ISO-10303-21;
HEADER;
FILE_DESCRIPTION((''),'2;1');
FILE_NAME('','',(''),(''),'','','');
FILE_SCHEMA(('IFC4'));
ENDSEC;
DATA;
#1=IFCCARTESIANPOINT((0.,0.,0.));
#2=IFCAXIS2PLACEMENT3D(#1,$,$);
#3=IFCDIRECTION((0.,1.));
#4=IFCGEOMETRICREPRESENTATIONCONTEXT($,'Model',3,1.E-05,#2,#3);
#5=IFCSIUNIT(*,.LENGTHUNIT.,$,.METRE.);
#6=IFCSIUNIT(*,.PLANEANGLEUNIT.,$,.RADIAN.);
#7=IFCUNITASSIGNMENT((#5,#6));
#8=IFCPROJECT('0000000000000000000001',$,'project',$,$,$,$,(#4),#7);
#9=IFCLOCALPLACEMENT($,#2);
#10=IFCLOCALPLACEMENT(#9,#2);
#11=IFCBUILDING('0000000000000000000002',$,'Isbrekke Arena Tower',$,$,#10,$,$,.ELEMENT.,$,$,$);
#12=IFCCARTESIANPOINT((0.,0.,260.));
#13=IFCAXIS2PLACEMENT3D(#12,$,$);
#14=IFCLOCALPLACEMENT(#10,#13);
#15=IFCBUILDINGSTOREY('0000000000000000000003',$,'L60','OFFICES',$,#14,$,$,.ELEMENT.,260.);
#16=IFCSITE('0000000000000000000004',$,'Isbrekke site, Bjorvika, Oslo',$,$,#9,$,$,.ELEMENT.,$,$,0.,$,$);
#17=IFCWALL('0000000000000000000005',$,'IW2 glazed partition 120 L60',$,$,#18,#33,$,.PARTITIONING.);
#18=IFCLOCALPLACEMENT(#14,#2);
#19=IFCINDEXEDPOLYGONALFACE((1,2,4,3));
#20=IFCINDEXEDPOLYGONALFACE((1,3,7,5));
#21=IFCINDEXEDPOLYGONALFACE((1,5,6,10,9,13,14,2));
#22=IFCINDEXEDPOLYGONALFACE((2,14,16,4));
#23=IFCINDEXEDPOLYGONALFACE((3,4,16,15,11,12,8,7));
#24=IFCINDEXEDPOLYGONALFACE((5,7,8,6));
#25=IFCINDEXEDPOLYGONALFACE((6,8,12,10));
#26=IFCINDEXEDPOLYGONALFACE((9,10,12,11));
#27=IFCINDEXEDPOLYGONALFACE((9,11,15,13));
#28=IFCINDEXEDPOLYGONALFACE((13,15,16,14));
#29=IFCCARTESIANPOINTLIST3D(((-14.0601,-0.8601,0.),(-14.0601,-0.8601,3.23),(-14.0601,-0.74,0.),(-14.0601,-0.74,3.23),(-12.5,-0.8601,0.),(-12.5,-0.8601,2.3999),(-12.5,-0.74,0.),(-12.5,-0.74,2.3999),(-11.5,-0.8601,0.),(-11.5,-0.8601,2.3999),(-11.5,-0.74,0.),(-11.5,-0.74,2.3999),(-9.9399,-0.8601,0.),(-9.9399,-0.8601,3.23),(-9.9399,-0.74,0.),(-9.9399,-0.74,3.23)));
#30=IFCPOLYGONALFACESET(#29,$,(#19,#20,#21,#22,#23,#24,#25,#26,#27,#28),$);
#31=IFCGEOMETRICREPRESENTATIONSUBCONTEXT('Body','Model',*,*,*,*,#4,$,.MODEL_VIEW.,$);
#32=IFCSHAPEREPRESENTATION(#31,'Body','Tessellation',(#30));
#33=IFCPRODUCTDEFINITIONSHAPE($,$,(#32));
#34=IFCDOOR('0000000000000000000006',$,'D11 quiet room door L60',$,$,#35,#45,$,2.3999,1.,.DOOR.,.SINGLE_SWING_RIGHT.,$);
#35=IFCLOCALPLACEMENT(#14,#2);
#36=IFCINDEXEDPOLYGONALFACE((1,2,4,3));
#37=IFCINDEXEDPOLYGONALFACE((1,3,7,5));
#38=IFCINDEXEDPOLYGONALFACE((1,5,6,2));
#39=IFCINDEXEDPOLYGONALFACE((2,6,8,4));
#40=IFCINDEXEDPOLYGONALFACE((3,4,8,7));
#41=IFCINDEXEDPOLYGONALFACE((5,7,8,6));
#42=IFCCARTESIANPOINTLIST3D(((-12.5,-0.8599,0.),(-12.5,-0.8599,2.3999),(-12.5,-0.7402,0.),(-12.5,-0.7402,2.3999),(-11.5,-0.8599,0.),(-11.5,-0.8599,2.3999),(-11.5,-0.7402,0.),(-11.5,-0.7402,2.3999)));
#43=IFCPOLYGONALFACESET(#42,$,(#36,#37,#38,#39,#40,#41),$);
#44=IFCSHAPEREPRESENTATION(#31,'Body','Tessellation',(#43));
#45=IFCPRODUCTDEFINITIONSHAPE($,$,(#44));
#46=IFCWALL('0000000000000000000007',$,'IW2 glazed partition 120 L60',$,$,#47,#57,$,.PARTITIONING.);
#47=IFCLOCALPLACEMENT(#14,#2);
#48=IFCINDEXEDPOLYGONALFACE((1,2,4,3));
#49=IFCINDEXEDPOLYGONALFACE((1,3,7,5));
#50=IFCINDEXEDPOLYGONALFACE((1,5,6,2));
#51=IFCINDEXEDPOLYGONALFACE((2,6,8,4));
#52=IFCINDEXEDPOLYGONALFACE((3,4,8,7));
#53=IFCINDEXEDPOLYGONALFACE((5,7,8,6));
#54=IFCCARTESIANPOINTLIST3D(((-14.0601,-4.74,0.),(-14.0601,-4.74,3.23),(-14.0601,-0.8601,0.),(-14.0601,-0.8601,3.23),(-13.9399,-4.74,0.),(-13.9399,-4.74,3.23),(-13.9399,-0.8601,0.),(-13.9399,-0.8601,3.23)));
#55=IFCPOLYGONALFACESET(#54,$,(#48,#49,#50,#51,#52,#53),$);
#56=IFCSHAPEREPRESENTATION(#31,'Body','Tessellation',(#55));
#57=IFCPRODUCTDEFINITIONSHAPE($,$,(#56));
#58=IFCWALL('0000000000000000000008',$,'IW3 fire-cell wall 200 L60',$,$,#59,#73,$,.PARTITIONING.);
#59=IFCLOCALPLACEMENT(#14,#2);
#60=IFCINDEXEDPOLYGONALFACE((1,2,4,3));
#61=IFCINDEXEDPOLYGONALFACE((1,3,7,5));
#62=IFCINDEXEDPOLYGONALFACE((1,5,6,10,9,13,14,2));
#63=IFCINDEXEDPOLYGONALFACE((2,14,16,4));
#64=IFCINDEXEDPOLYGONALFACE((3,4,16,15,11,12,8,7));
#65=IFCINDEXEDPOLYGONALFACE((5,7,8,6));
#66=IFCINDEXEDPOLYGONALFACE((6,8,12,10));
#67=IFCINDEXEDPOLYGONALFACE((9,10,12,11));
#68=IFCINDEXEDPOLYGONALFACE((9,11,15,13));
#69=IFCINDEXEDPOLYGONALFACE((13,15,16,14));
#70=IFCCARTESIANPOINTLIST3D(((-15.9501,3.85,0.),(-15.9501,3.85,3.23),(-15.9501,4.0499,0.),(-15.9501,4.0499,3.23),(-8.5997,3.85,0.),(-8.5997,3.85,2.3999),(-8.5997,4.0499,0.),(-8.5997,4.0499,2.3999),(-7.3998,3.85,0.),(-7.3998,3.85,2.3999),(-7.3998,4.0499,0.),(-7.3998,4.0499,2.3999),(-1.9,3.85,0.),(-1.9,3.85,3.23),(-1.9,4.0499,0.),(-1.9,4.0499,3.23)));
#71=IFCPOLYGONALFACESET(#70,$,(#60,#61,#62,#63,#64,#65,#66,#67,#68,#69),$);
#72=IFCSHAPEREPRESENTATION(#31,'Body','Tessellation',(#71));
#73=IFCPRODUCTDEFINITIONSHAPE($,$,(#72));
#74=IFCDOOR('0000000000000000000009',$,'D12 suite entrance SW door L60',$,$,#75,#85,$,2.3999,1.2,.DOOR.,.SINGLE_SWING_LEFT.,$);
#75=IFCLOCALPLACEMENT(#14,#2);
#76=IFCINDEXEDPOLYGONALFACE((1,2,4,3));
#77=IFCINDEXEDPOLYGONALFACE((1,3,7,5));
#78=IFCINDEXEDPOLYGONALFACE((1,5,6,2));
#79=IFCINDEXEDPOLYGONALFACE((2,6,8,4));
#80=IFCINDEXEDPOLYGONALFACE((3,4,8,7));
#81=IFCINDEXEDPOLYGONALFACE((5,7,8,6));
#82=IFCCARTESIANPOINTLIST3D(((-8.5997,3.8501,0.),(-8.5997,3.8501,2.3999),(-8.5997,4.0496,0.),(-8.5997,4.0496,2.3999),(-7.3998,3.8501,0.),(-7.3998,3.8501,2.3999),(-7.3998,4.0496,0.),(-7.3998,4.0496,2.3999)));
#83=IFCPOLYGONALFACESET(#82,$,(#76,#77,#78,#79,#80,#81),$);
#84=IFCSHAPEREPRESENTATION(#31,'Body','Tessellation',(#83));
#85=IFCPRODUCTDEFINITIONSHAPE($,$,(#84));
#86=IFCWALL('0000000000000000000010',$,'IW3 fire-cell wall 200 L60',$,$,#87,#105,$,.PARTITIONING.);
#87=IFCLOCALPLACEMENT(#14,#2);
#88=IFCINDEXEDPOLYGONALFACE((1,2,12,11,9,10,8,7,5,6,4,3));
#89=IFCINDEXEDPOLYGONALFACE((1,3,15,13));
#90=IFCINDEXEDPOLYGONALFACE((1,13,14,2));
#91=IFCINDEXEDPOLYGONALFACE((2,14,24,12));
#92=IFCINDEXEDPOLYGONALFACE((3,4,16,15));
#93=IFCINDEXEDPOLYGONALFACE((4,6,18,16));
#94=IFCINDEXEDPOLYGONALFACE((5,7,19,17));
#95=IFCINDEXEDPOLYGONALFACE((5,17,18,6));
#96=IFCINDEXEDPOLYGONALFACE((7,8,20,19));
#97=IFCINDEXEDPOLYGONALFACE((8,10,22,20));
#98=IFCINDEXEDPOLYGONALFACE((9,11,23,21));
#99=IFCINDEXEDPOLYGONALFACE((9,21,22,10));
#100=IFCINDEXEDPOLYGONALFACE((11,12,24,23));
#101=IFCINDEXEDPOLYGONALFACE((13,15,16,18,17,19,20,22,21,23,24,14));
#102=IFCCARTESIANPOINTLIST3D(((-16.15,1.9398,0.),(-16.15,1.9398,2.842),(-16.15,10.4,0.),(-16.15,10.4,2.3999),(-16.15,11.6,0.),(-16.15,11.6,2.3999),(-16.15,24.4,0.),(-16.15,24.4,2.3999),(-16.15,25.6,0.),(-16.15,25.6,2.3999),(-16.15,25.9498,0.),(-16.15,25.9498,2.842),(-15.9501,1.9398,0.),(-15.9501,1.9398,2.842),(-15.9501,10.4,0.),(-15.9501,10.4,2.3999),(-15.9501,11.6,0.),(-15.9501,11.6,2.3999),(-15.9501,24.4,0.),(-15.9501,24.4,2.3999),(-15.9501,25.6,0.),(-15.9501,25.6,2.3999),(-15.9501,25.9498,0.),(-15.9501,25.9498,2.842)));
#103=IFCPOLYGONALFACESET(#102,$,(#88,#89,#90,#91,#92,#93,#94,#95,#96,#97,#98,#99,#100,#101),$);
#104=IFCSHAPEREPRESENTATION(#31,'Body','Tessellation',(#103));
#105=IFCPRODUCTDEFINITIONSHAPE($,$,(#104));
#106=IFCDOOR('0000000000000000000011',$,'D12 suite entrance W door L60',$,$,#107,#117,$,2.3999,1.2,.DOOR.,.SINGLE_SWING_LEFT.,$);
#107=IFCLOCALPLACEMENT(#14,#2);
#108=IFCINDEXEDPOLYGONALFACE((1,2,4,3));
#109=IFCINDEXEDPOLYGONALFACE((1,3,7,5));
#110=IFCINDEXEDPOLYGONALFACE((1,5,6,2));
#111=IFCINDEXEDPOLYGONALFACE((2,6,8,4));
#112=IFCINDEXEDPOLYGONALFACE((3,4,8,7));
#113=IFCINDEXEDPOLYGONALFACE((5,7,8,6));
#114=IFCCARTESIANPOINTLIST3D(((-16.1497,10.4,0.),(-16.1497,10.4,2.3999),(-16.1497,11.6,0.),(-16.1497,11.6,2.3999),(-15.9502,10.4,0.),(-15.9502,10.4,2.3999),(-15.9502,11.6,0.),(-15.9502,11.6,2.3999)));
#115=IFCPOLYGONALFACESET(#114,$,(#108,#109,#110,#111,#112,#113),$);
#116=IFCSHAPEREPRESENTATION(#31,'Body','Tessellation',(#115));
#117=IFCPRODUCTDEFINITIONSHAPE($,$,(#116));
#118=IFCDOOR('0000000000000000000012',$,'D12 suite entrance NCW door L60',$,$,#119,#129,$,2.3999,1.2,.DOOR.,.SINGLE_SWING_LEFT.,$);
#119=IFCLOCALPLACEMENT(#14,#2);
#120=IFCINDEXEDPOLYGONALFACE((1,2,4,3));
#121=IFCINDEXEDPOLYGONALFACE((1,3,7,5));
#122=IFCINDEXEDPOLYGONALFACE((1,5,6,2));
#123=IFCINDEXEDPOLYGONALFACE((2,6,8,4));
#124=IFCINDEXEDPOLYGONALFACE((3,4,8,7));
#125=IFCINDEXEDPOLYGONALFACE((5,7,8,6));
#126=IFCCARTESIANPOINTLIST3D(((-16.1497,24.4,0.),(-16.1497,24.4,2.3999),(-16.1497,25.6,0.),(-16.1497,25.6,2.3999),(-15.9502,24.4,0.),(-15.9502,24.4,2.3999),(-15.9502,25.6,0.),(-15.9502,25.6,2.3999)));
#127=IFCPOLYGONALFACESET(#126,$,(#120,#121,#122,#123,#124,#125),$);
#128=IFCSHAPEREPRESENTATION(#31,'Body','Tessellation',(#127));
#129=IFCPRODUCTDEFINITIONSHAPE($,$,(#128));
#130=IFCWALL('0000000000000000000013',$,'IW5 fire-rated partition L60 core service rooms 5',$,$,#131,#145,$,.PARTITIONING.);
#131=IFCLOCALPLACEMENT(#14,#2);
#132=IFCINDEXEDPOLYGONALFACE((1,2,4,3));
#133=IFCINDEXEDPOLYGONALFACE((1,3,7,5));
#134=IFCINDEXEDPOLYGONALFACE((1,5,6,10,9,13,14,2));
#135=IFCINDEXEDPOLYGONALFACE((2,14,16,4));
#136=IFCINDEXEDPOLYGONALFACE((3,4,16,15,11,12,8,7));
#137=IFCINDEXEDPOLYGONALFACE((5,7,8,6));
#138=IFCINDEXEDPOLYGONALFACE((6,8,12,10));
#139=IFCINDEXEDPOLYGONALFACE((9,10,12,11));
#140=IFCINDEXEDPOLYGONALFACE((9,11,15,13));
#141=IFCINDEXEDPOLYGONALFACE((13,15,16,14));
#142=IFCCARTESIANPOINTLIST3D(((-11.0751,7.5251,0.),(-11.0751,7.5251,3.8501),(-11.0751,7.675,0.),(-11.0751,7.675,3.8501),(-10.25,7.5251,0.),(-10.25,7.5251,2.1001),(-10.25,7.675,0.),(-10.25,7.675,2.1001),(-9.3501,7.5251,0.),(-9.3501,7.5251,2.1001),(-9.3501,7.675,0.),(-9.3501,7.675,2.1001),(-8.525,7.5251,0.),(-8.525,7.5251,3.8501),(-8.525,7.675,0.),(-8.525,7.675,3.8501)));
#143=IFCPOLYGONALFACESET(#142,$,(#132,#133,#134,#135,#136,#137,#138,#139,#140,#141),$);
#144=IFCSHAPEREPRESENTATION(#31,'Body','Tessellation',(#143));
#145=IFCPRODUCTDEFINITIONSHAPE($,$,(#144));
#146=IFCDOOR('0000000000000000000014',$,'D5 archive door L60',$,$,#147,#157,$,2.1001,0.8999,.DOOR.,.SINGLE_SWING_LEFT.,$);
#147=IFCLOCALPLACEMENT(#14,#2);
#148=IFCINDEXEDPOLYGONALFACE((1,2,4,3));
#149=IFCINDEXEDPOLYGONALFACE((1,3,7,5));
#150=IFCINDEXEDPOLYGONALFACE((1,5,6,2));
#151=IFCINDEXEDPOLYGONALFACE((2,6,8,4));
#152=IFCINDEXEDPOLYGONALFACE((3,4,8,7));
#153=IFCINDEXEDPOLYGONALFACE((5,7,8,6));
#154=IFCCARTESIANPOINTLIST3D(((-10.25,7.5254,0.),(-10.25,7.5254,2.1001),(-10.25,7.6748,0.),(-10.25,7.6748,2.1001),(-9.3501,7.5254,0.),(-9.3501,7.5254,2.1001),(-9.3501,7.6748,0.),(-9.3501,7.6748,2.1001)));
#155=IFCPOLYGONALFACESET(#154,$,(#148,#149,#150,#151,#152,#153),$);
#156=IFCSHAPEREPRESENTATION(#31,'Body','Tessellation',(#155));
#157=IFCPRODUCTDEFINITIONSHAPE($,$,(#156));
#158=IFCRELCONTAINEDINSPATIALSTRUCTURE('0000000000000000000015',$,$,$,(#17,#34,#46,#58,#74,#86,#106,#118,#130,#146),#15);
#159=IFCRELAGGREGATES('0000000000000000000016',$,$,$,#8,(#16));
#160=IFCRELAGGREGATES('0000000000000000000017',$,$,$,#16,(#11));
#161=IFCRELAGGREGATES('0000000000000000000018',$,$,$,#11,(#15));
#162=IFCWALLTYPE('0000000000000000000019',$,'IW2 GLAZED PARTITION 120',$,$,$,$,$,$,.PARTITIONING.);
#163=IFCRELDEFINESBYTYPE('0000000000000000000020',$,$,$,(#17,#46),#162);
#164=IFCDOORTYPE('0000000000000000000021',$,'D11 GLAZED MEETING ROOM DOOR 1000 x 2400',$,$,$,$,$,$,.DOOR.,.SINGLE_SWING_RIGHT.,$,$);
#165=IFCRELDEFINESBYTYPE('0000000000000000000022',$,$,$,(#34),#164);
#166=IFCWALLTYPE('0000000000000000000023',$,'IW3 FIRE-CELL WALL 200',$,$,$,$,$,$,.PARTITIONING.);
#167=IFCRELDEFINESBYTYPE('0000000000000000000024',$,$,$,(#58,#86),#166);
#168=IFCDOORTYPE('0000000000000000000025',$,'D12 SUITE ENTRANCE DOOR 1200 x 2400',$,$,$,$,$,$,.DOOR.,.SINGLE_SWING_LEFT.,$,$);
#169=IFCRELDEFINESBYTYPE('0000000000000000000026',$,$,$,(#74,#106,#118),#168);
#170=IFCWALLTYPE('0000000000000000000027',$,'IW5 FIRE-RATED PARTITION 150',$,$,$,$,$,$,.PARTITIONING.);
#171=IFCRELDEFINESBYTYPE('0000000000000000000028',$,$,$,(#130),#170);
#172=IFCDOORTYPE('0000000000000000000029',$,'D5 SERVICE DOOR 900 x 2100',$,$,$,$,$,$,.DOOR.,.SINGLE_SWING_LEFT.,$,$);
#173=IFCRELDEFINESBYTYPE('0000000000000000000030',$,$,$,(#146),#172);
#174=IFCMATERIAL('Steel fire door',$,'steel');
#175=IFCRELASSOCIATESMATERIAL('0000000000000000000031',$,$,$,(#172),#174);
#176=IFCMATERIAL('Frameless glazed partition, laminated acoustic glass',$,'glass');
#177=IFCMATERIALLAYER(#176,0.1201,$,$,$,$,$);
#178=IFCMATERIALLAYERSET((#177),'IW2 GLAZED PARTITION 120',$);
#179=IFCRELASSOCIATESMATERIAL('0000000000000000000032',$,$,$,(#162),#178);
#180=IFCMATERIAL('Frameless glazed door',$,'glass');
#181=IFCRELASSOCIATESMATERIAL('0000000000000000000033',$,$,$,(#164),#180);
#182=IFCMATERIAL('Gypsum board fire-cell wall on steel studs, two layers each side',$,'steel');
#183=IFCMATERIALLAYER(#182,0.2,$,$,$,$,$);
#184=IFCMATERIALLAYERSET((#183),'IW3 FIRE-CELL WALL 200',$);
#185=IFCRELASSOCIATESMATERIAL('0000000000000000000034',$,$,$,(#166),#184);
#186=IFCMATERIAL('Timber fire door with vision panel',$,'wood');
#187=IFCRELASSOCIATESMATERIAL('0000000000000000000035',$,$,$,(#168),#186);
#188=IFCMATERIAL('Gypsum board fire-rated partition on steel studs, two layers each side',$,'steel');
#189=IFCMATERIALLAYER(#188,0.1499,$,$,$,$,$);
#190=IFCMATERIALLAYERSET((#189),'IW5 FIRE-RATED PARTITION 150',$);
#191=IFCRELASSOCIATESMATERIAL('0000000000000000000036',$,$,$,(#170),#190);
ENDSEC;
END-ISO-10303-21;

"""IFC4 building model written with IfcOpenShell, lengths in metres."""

from ifc_helpers import new_model, si_unit, direction, frame, frame_2d, origin, place, context, subcontext, project, spatial, rectangle, extrude, material, layer, layer_set, type_object, element, fill, save


model = new_model("IFC4")

# Units and contexts
model_context = context("Model", 3, precision=1e-05, world=origin(), true_north=direction((0.0, 1.0)))
body_context = subcontext(model_context, "Body", "Model", "MODEL_VIEW")
ifc_project = project(units=[si_unit("LENGTHUNIT", "METRE"), si_unit("PLANEANGLEUNIT", "RADIAN")], contexts=[model_context])

# Site, building, storey
site_placement = place(None, origin())
site = spatial("IfcSite", under=ifc_project, at=site_placement, Name="Isbrekke site, Bjorvika, Oslo", CompositionType="ELEMENT", RefElevation=0.0)
building_placement = place(site_placement, origin())
building = spatial("IfcBuilding", under=site, at=building_placement, Name="Isbrekke Arena Tower", CompositionType="ELEMENT")
storey_placement = place(building_placement, frame((0.0, 0.0, 260.0)))
storey = spatial("IfcBuildingStorey", under=building, at=storey_placement, Name="L60", Description="OFFICES", CompositionType="ELEMENT", Elevation=260.0)

# Shared definitions
ifc_material_1 = material(Name="Steel fire door", Category="steel")
door_type_1 = type_object("IfcDoorType", Name="D5 SERVICE DOOR 900 x 2100", OperationType="SINGLE_SWING_LEFT", PredefinedType="DOOR", material=ifc_material_1)

# Shared definitions
ifc_material_2 = material(Name="Frameless glazed partition, laminated acoustic glass", Category="glass")
ifc_layer_1 = layer(ifc_material_2, 0.1201)
ifc_layer_set_1 = layer_set([ifc_layer_1], Name="IW2 GLAZED PARTITION 120")
wall_type_1 = type_object("IfcWallType", Name="IW2 GLAZED PARTITION 120", PredefinedType="PARTITIONING", material=ifc_layer_set_1)

# Wall, opening, door
wall_1_placement = place(storey_placement, frame((-14.0601, -0.8, 0.0), z_axis=(0.0, 0.0, 1.0), x_axis=(1.0, 0.0, 0.0)))
wall_1 = element("IfcWall", 1, at=wall_1_placement, inside=storey, type_object=wall_type_1, Name="IW2 glazed partition 120 L60", PredefinedType="PARTITIONING", context=body_context, shape_type="SweptSolid", body=[
    extrude(rectangle(XDim=4.1201, YDim=0.1201, at=frame_2d((2.0601, 0.0))), origin(), (0.0, 0.0, 1.0), 3.23),
])
opening_1_placement = place(wall_1_placement, frame((1.5601, 0.0, 0.0)))
opening_1 = element("IfcOpeningElement", 2, at=opening_1_placement, cuts=wall_1, PredefinedType="OPENING", context=body_context, shape_type="SweptSolid", body=[
    extrude(rectangle(XDim=1.0, YDim=2.3999, at=frame_2d((0.5, 1.2))), frame((0.0, 0.075, 0.0), z_axis=(0.0, -1.0, 0.0), x_axis=(1.0, 0.0, 0.0)), (0.0, 0.0, 1.0), 0.1499),
])
ifc_material_3 = material(Name="Frameless glazed door", Category="glass")
door_type_2 = type_object("IfcDoorType", Name="D11 GLAZED MEETING ROOM DOOR 1000 x 2400", OperationType="SINGLE_SWING_RIGHT", PredefinedType="DOOR", material=ifc_material_3)
door_1_placement = place(opening_1_placement, origin())
door_1 = element("IfcDoor", 3, at=door_1_placement, inside=storey, type_object=door_type_2, Name="D11 quiet room door L60", OperationType="SINGLE_SWING_RIGHT", OverallHeight=2.3999, OverallWidth=1.0, PredefinedType="DOOR", context=body_context, shape_type="SweptSolid", body=[
    extrude(rectangle(XDim=1.0, YDim=2.3999, at=frame_2d((0.5, 1.2))), frame((0.0, 0.0598, 0.0), z_axis=(0.0, -1.0, 0.0), x_axis=(1.0, 0.0, 0.0)), (0.0, 0.0, 1.0), 0.1196),
])
fill(opening_1, door_1)

# Wall
wall_2_placement = place(storey_placement, frame((-14.0, -4.74, 0.0), z_axis=(0.0, 0.0, 1.0), x_axis=(0.0, 1.0, 0.0)))
element("IfcWall", 4, at=wall_2_placement, inside=storey, type_object=wall_type_1, Name="IW2 glazed partition 120 L60", PredefinedType="PARTITIONING", context=body_context, shape_type="SweptSolid", body=[
    extrude(rectangle(XDim=3.8799, YDim=0.1201, at=frame_2d((1.9399, 0.0))), origin(), (0.0, 0.0, 1.0), 3.23),
])

# Wall, opening, door
ifc_material_4 = material(Name="Gypsum board fire-cell wall on steel studs, two layers each side", Category="steel")
ifc_layer_2 = layer(ifc_material_4, 0.2)
ifc_layer_set_2 = layer_set([ifc_layer_2], Name="IW3 FIRE-CELL WALL 200")
wall_type_2 = type_object("IfcWallType", Name="IW3 FIRE-CELL WALL 200", PredefinedType="PARTITIONING", material=ifc_layer_set_2)
wall_3_placement = place(storey_placement, frame((-15.95, 3.95, 0.0), z_axis=(0.0, 0.0, 1.0), x_axis=(1.0, 0.0, 0.0)))
wall_3 = element("IfcWall", 5, at=wall_3_placement, inside=storey, type_object=wall_type_2, Name="IW3 fire-cell wall 200 L60", PredefinedType="PARTITIONING", context=body_context, shape_type="SweptSolid", body=[
    extrude(rectangle(XDim=14.05, YDim=0.2, at=frame_2d((7.0249, 0.0))), origin(), (0.0, 0.0, 1.0), 3.23),
])
opening_2_placement = place(wall_3_placement, frame((7.3501, 0.0, 0.0)))
opening_2 = element("IfcOpeningElement", 6, at=opening_2_placement, cuts=wall_3, PredefinedType="OPENING", context=body_context, shape_type="SweptSolid", body=[
    extrude(rectangle(XDim=1.2, YDim=2.3999, at=frame_2d((0.6001, 1.2))), frame((0.0, 0.1147, 0.0), z_axis=(0.0, -1.0, 0.0), x_axis=(1.0, 0.0, 0.0)), (0.0, 0.0, 1.0), 0.2297),
])
ifc_material_5 = material(Name="Timber fire door with vision panel", Category="wood")
door_type_3 = type_object("IfcDoorType", Name="D12 SUITE ENTRANCE DOOR 1200 x 2400", OperationType="SINGLE_SWING_LEFT", PredefinedType="DOOR", material=ifc_material_5)
door_2_placement = place(opening_2_placement, origin())
door_2 = element("IfcDoor", 7, at=door_2_placement, inside=storey, type_object=door_type_3, Name="D12 suite entrance SW door L60", OperationType="SINGLE_SWING_LEFT", OverallHeight=2.3999, OverallWidth=1.2, PredefinedType="DOOR", context=body_context, shape_type="SweptSolid", body=[
    extrude(rectangle(XDim=1.2, YDim=2.3999, at=frame_2d((0.6001, 1.2))), frame((0.0, 0.0996, 0.0), z_axis=(0.0, -1.0, 0.0), x_axis=(1.0, 0.0, 0.0)), (0.0, 0.0, 1.0), 0.1995),
])
fill(opening_2, door_2)

# Wall, openings, doors
wall_4_placement = place(storey_placement, frame((-16.05, 1.9399, 0.0), z_axis=(0.0, 0.0, 1.0), x_axis=(0.0, 1.0, 0.0)))
wall_4 = element("IfcWall", 8, at=wall_4_placement, inside=storey, type_object=wall_type_2, Name="IW3 fire-cell wall 200 L60", PredefinedType="PARTITIONING", context=body_context, shape_type="SweptSolid", body=[
    extrude(rectangle(XDim=24.01, YDim=0.2, at=frame_2d((12.0049, 0.0))), origin(), (0.0, 0.0, 1.0), 2.842),
])
opening_3_placement = place(wall_4_placement, frame((8.46, 0.0, 0.0)))
opening_3 = element("IfcOpeningElement", 9, at=opening_3_placement, cuts=wall_4, PredefinedType="OPENING", context=body_context, shape_type="SweptSolid", body=[
    extrude(rectangle(XDim=1.2, YDim=2.3999, at=frame_2d((0.6001, 1.2))), frame((0.0, 0.1147, 0.0), z_axis=(0.0, -1.0, 0.0), x_axis=(1.0, 0.0, 0.0)), (0.0, 0.0, 1.0), 0.2297),
])
opening_4_placement = place(wall_4_placement, frame((22.46, 0.0, 0.0)))
opening_4 = element("IfcOpeningElement", 10, at=opening_4_placement, cuts=wall_4, PredefinedType="OPENING", context=body_context, shape_type="SweptSolid", body=[
    extrude(rectangle(XDim=1.2, YDim=2.3999, at=frame_2d((0.6001, 1.2))), frame((0.0, 0.1147, 0.0), z_axis=(0.0, -1.0, 0.0), x_axis=(1.0, 0.0, 0.0)), (0.0, 0.0, 1.0), 0.2297),
])
door_3_placement = place(opening_3_placement, origin())
door_3 = element("IfcDoor", 11, at=door_3_placement, inside=storey, type_object=door_type_3, Name="D12 suite entrance W door L60", OperationType="SINGLE_SWING_LEFT", OverallHeight=2.3999, OverallWidth=1.2, PredefinedType="DOOR", context=body_context, shape_type="SweptSolid", body=[
    extrude(rectangle(XDim=1.2, YDim=2.3999, at=frame_2d((0.6001, 1.2))), frame((0.0, 0.0996, 0.0), z_axis=(0.0, -1.0, 0.0), x_axis=(1.0, 0.0, 0.0)), (0.0, 0.0, 1.0), 0.1995),
])
fill(opening_3, door_3)
door_4_placement = place(opening_4_placement, origin())
door_4 = element("IfcDoor", 12, at=door_4_placement, inside=storey, type_object=door_type_3, Name="D12 suite entrance NCW door L60", OperationType="SINGLE_SWING_LEFT", OverallHeight=2.3999, OverallWidth=1.2, PredefinedType="DOOR", context=body_context, shape_type="SweptSolid", body=[
    extrude(rectangle(XDim=1.2, YDim=2.3999, at=frame_2d((0.6001, 1.2))), frame((0.0, 0.0996, 0.0), z_axis=(0.0, -1.0, 0.0), x_axis=(1.0, 0.0, 0.0)), (0.0, 0.0, 1.0), 0.1995),
])
fill(opening_4, door_4)

# Wall, opening, door
ifc_material_6 = material(Name="Gypsum board fire-rated partition on steel studs, two layers each side", Category="steel")
ifc_layer_3 = layer(ifc_material_6, 0.1499)
ifc_layer_set_3 = layer_set([ifc_layer_3], Name="IW5 FIRE-RATED PARTITION 150")
wall_type_3 = type_object("IfcWallType", Name="IW5 FIRE-RATED PARTITION 150", PredefinedType="PARTITIONING", material=ifc_layer_set_3)
wall_5_placement = place(storey_placement, frame((-11.075, 7.6001, 0.0), z_axis=(0.0, 0.0, 1.0), x_axis=(1.0, 0.0, 0.0)))
wall_5 = element("IfcWall", 13, at=wall_5_placement, inside=storey, type_object=wall_type_3, Name="IW5 fire-rated partition L60 core service rooms 5", PredefinedType="PARTITIONING", context=body_context, shape_type="SweptSolid", body=[
    extrude(rectangle(XDim=2.55, YDim=0.1499, at=frame_2d((1.2749, 0.0))), origin(), (0.0, 0.0, 1.0), 3.8501),
])
opening_5_placement = place(wall_5_placement, frame((0.825, 0.0, 0.0)))
opening_5 = element("IfcOpeningElement", 14, at=opening_5_placement, cuts=wall_5, PredefinedType="OPENING", context=body_context, shape_type="SweptSolid", body=[
    extrude(rectangle(XDim=0.8999, YDim=2.1001, at=frame_2d((0.45, 1.05))), frame((0.0, 0.0898, 0.0), z_axis=(0.0, -1.0, 0.0), x_axis=(1.0, 0.0, 0.0)), (0.0, 0.0, 1.0), 0.1797),
])
door_5_placement = place(opening_5_placement, origin())
door_5 = element("IfcDoor", 15, at=door_5_placement, inside=storey, type_object=door_type_1, Name="D5 archive door L60", OperationType="SINGLE_SWING_LEFT", OverallHeight=2.1001, OverallWidth=0.8999, PredefinedType="DOOR", context=body_context, shape_type="SweptSolid", body=[
    extrude(rectangle(XDim=0.8999, YDim=2.1001, at=frame_2d((0.45, 1.05))), frame((0.0, 0.0747, 0.0), z_axis=(0.0, -1.0, 0.0), x_axis=(1.0, 0.0, 0.0)), (0.0, 0.0, 1.0), 0.1494),
])
fill(opening_5, door_5)

save(model, "model.ifc")
